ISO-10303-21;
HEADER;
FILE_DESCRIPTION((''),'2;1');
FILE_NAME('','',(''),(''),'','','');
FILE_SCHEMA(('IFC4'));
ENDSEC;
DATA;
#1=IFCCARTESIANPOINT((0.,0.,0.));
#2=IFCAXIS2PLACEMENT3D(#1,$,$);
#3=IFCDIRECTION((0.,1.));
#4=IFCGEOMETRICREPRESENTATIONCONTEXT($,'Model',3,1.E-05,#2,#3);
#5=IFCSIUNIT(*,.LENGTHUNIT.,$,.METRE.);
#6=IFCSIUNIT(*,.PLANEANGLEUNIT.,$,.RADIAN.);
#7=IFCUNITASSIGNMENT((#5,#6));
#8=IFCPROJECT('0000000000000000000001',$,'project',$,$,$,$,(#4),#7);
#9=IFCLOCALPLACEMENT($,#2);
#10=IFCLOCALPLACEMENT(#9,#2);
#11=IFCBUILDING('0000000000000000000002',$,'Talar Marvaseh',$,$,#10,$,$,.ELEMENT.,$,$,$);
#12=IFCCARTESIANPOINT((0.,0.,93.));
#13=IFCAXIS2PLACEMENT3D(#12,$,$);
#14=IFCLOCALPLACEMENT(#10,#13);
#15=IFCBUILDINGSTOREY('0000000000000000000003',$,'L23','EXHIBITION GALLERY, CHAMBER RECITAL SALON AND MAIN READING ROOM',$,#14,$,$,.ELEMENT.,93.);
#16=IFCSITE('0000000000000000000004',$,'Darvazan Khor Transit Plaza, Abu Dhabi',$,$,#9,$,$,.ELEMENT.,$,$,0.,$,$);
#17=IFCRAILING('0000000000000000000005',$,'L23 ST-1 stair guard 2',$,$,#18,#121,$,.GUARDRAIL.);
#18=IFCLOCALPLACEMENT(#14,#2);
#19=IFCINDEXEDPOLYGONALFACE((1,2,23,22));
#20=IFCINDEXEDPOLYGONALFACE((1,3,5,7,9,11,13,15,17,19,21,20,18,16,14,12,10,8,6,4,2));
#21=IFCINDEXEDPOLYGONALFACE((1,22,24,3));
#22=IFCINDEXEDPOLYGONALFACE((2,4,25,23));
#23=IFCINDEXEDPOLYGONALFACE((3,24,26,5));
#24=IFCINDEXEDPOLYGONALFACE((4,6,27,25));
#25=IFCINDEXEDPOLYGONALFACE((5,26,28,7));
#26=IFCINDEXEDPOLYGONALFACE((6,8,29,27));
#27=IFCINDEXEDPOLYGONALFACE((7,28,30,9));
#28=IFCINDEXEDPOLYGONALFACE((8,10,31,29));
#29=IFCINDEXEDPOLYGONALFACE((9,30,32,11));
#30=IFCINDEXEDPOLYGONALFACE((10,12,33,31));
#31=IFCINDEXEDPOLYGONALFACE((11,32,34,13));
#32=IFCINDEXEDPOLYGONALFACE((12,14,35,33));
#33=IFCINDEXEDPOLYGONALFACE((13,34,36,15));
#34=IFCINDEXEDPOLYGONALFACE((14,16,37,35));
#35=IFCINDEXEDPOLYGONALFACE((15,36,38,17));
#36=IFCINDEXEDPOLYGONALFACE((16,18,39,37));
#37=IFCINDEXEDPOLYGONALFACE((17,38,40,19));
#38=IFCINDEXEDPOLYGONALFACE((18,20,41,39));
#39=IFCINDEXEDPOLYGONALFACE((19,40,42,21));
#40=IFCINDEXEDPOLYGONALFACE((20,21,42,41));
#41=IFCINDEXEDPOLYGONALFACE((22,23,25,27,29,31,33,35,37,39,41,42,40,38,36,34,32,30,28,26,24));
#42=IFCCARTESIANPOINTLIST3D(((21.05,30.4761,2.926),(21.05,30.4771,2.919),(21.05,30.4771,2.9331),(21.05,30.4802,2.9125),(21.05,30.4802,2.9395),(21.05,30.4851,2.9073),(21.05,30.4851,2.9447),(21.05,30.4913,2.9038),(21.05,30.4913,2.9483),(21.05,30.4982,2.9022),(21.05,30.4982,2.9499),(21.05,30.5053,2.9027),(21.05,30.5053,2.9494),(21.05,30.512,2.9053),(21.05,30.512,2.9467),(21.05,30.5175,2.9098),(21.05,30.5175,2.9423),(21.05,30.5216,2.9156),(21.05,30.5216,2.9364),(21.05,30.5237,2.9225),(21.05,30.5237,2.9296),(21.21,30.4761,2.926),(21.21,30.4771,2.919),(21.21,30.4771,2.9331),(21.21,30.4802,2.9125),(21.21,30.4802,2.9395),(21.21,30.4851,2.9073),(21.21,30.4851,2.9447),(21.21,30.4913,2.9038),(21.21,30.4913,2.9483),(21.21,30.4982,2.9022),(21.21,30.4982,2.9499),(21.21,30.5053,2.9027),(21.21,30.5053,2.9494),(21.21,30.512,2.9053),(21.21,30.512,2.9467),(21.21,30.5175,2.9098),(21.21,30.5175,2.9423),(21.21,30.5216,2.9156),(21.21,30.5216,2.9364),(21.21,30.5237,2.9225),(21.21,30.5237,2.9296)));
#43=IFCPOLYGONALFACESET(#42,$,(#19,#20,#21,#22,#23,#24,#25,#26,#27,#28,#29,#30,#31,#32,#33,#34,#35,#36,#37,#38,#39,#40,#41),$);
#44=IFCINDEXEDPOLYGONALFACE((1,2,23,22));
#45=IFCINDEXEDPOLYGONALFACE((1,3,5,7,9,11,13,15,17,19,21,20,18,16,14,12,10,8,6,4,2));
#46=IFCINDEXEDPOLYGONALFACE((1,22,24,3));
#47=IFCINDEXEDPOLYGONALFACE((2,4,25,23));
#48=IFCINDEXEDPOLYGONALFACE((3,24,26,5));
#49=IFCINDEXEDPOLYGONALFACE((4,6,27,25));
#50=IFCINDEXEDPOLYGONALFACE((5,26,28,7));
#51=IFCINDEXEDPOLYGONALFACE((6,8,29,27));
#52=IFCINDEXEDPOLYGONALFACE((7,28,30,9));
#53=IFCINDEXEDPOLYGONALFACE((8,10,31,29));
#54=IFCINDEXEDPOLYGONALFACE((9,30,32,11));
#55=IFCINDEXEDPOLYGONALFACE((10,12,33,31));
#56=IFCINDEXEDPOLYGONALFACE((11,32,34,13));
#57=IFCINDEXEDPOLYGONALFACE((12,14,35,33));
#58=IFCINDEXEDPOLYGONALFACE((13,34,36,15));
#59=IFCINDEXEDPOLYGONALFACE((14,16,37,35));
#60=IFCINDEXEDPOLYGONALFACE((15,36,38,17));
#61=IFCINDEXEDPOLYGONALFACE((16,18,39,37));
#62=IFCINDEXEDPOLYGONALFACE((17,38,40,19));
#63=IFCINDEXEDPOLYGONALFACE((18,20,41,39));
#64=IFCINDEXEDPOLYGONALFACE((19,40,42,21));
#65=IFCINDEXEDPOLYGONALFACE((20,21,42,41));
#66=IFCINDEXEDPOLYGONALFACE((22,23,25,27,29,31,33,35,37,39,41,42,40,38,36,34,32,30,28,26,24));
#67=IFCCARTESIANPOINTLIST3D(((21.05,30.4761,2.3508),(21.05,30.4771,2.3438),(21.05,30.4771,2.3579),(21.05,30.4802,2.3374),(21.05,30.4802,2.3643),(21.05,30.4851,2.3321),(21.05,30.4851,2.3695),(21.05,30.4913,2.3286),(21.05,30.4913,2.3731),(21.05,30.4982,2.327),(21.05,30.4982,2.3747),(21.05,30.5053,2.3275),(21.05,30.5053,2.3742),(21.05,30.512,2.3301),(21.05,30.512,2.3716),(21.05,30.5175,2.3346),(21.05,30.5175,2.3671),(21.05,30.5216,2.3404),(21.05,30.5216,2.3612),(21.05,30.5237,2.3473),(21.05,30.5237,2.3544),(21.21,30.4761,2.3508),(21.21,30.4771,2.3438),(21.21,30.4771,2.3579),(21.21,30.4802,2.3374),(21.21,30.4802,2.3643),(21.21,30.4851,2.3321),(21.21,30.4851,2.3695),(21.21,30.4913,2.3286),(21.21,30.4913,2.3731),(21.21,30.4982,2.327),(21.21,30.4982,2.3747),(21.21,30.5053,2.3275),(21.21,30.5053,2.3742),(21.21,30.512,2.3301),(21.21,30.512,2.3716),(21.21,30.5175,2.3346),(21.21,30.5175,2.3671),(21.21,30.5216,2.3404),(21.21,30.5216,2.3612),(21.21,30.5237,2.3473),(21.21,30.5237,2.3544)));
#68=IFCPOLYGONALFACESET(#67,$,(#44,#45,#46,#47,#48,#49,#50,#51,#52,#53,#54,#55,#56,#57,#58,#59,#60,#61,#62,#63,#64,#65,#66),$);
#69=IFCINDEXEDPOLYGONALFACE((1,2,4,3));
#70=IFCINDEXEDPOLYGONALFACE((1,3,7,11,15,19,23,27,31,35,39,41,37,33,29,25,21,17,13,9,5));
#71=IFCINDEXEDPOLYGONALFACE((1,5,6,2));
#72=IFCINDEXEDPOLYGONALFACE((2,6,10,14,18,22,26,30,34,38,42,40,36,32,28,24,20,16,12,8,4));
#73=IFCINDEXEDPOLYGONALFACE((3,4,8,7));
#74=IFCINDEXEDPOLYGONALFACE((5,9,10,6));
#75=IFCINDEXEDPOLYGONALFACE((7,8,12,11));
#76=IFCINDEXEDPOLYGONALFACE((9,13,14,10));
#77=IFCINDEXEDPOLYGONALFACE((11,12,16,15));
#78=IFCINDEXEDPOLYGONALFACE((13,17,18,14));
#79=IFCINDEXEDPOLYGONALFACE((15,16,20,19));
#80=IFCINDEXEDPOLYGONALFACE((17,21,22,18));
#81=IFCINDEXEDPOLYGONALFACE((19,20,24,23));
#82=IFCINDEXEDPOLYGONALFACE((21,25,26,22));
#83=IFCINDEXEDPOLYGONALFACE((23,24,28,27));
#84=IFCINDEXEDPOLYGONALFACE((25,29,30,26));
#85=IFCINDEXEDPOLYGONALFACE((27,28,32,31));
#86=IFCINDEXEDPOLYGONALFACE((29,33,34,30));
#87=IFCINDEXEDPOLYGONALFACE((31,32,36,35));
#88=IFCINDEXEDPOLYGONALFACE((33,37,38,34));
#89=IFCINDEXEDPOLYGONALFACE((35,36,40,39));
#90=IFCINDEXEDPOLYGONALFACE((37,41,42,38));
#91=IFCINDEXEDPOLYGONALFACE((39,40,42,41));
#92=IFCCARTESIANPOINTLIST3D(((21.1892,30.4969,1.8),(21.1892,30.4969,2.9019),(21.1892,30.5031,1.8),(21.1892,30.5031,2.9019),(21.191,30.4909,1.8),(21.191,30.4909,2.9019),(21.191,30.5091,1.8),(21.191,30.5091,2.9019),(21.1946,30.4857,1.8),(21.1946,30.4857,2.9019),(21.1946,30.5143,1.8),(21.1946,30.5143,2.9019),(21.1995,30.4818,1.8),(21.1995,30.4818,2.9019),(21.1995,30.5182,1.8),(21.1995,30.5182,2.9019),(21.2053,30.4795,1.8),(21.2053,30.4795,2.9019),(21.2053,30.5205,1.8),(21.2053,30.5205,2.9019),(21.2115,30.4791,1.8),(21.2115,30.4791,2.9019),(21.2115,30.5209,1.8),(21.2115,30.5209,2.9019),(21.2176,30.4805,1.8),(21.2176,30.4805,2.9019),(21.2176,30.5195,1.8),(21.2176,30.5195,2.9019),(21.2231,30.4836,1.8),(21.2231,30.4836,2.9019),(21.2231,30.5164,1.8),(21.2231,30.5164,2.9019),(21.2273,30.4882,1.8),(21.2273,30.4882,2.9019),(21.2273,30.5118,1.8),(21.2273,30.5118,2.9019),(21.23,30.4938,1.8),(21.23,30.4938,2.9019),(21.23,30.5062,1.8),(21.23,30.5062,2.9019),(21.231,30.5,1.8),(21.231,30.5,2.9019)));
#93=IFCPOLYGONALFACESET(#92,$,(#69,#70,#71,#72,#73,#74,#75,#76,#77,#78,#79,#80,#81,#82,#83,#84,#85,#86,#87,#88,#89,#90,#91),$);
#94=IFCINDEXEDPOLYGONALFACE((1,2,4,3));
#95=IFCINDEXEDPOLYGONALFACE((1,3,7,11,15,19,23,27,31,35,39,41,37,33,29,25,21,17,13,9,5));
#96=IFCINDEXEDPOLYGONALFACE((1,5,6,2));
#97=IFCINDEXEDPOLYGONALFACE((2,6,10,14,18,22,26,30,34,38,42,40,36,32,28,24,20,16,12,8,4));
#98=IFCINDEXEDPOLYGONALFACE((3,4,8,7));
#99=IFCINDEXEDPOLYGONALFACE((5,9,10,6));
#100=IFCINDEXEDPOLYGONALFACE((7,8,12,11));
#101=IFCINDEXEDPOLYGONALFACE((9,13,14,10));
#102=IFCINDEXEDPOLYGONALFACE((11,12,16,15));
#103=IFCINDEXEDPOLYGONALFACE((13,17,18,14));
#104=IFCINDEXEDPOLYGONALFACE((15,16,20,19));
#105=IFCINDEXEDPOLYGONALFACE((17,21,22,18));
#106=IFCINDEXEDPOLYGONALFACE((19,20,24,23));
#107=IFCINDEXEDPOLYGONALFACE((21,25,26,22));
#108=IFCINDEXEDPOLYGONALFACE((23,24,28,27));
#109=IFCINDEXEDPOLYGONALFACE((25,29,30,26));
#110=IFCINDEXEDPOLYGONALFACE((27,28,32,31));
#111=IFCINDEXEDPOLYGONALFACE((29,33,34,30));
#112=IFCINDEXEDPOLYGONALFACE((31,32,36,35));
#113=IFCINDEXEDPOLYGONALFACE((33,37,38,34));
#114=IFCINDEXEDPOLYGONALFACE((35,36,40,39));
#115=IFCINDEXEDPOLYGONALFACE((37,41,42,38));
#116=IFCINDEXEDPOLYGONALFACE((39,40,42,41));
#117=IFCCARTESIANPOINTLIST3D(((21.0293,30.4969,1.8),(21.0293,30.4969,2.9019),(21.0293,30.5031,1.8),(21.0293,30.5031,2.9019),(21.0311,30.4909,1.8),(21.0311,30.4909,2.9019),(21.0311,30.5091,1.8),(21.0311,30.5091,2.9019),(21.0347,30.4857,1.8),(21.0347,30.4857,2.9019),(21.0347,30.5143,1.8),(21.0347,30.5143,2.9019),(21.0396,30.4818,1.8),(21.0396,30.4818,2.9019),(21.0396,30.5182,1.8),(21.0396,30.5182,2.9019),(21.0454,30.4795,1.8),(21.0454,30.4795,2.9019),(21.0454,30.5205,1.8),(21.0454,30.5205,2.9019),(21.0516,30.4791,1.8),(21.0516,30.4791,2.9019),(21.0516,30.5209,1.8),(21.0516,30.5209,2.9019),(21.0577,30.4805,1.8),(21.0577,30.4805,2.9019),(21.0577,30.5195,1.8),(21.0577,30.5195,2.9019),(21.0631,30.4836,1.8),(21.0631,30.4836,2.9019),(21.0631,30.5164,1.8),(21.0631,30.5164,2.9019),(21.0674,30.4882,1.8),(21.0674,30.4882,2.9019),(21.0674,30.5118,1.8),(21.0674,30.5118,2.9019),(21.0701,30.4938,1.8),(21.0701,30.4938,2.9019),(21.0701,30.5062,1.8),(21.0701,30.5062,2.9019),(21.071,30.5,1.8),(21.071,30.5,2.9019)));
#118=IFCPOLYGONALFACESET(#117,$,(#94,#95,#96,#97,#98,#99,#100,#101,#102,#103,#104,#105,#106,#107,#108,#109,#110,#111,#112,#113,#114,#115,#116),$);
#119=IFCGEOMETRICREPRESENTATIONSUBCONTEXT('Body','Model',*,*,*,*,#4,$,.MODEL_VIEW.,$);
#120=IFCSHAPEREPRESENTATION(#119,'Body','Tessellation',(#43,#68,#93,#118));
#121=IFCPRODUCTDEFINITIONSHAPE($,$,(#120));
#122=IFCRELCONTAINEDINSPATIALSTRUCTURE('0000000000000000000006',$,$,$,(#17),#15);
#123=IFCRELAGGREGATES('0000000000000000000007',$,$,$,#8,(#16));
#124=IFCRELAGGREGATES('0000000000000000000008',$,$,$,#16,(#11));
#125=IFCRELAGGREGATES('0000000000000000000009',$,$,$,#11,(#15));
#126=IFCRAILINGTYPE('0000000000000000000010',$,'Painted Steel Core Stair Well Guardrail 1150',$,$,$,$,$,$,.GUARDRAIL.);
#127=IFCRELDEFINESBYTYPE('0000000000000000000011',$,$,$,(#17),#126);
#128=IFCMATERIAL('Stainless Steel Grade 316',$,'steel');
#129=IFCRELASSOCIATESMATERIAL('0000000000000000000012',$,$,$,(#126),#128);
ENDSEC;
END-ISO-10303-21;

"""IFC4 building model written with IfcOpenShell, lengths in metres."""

from ifc_helpers import new_model, si_unit, direction, frame, origin, origin_2d, place, context, subcontext, project, spatial, circle, extrude, material, type_object, element, save


model = new_model("IFC4")

# Units and contexts
model_context = context("Model", 3, precision=1e-05, world=origin(), true_north=direction((0.0, 1.0)))
body_context = subcontext(model_context, "Body", "Model", "MODEL_VIEW")
ifc_project = project(units=[si_unit("LENGTHUNIT", "METRE"), si_unit("PLANEANGLEUNIT", "RADIAN")], contexts=[model_context])

# Site, building, storey
site_placement = place(None, origin())
site = spatial("IfcSite", under=ifc_project, at=site_placement, Name="Darvazan Khor Transit Plaza, Abu Dhabi", CompositionType="ELEMENT", RefElevation=0.0)
building_placement = place(site_placement, origin())
building = spatial("IfcBuilding", under=site, at=building_placement, Name="Talar Marvaseh", CompositionType="ELEMENT")
storey_placement = place(building_placement, frame((0.0, 0.0, 93.0)))
storey = spatial("IfcBuildingStorey", under=building, at=storey_placement, Name="L23", Description="EXHIBITION GALLERY, CHAMBER RECITAL SALON AND MAIN READING ROOM", CompositionType="ELEMENT", Elevation=93.0)

# Railing
ifc_material_1 = material(Name="Stainless Steel Grade 316", Category="steel")
railing_type_1 = type_object("IfcRailingType", Name="Painted Steel Core Stair Well Guardrail 1150", PredefinedType="GUARDRAIL", material=ifc_material_1)
railing_1_placement = place(storey_placement, frame((21.21, 30.5, 1.8)))
element("IfcRailing", 1, at=railing_1_placement, inside=storey, type_object=railing_type_1, Name="L23 ST-1 stair guard 2", PredefinedType="GUARDRAIL", context=body_context, shape_type="SweptSolid", body=[
    extrude(circle(Radius=0.0239, at=origin_2d()), frame((0.0, 0.0, 1.126), z_axis=(-1.0, 0.0, 0.0), x_axis=(0.0, -1.0, 0.0)), (0.0, 0.0, 1.0), 0.1599),
    extrude(circle(Radius=0.0239, at=origin_2d()), frame((0.0, 0.0, 0.5508), z_axis=(-1.0, 0.0, 0.0), x_axis=(0.0, -1.0, 0.0)), (0.0, 0.0, 1.0), 0.1599),
    extrude(circle(Radius=0.021, at=origin_2d()), origin(), (0.0, 0.0, 1.0), 1.1018),
    extrude(circle(Radius=0.021, at=origin_2d()), frame((-0.1599, 0.0, 0.0)), (0.0, 0.0, 1.0), 1.1018),
])

save(model, "model.ifc")
